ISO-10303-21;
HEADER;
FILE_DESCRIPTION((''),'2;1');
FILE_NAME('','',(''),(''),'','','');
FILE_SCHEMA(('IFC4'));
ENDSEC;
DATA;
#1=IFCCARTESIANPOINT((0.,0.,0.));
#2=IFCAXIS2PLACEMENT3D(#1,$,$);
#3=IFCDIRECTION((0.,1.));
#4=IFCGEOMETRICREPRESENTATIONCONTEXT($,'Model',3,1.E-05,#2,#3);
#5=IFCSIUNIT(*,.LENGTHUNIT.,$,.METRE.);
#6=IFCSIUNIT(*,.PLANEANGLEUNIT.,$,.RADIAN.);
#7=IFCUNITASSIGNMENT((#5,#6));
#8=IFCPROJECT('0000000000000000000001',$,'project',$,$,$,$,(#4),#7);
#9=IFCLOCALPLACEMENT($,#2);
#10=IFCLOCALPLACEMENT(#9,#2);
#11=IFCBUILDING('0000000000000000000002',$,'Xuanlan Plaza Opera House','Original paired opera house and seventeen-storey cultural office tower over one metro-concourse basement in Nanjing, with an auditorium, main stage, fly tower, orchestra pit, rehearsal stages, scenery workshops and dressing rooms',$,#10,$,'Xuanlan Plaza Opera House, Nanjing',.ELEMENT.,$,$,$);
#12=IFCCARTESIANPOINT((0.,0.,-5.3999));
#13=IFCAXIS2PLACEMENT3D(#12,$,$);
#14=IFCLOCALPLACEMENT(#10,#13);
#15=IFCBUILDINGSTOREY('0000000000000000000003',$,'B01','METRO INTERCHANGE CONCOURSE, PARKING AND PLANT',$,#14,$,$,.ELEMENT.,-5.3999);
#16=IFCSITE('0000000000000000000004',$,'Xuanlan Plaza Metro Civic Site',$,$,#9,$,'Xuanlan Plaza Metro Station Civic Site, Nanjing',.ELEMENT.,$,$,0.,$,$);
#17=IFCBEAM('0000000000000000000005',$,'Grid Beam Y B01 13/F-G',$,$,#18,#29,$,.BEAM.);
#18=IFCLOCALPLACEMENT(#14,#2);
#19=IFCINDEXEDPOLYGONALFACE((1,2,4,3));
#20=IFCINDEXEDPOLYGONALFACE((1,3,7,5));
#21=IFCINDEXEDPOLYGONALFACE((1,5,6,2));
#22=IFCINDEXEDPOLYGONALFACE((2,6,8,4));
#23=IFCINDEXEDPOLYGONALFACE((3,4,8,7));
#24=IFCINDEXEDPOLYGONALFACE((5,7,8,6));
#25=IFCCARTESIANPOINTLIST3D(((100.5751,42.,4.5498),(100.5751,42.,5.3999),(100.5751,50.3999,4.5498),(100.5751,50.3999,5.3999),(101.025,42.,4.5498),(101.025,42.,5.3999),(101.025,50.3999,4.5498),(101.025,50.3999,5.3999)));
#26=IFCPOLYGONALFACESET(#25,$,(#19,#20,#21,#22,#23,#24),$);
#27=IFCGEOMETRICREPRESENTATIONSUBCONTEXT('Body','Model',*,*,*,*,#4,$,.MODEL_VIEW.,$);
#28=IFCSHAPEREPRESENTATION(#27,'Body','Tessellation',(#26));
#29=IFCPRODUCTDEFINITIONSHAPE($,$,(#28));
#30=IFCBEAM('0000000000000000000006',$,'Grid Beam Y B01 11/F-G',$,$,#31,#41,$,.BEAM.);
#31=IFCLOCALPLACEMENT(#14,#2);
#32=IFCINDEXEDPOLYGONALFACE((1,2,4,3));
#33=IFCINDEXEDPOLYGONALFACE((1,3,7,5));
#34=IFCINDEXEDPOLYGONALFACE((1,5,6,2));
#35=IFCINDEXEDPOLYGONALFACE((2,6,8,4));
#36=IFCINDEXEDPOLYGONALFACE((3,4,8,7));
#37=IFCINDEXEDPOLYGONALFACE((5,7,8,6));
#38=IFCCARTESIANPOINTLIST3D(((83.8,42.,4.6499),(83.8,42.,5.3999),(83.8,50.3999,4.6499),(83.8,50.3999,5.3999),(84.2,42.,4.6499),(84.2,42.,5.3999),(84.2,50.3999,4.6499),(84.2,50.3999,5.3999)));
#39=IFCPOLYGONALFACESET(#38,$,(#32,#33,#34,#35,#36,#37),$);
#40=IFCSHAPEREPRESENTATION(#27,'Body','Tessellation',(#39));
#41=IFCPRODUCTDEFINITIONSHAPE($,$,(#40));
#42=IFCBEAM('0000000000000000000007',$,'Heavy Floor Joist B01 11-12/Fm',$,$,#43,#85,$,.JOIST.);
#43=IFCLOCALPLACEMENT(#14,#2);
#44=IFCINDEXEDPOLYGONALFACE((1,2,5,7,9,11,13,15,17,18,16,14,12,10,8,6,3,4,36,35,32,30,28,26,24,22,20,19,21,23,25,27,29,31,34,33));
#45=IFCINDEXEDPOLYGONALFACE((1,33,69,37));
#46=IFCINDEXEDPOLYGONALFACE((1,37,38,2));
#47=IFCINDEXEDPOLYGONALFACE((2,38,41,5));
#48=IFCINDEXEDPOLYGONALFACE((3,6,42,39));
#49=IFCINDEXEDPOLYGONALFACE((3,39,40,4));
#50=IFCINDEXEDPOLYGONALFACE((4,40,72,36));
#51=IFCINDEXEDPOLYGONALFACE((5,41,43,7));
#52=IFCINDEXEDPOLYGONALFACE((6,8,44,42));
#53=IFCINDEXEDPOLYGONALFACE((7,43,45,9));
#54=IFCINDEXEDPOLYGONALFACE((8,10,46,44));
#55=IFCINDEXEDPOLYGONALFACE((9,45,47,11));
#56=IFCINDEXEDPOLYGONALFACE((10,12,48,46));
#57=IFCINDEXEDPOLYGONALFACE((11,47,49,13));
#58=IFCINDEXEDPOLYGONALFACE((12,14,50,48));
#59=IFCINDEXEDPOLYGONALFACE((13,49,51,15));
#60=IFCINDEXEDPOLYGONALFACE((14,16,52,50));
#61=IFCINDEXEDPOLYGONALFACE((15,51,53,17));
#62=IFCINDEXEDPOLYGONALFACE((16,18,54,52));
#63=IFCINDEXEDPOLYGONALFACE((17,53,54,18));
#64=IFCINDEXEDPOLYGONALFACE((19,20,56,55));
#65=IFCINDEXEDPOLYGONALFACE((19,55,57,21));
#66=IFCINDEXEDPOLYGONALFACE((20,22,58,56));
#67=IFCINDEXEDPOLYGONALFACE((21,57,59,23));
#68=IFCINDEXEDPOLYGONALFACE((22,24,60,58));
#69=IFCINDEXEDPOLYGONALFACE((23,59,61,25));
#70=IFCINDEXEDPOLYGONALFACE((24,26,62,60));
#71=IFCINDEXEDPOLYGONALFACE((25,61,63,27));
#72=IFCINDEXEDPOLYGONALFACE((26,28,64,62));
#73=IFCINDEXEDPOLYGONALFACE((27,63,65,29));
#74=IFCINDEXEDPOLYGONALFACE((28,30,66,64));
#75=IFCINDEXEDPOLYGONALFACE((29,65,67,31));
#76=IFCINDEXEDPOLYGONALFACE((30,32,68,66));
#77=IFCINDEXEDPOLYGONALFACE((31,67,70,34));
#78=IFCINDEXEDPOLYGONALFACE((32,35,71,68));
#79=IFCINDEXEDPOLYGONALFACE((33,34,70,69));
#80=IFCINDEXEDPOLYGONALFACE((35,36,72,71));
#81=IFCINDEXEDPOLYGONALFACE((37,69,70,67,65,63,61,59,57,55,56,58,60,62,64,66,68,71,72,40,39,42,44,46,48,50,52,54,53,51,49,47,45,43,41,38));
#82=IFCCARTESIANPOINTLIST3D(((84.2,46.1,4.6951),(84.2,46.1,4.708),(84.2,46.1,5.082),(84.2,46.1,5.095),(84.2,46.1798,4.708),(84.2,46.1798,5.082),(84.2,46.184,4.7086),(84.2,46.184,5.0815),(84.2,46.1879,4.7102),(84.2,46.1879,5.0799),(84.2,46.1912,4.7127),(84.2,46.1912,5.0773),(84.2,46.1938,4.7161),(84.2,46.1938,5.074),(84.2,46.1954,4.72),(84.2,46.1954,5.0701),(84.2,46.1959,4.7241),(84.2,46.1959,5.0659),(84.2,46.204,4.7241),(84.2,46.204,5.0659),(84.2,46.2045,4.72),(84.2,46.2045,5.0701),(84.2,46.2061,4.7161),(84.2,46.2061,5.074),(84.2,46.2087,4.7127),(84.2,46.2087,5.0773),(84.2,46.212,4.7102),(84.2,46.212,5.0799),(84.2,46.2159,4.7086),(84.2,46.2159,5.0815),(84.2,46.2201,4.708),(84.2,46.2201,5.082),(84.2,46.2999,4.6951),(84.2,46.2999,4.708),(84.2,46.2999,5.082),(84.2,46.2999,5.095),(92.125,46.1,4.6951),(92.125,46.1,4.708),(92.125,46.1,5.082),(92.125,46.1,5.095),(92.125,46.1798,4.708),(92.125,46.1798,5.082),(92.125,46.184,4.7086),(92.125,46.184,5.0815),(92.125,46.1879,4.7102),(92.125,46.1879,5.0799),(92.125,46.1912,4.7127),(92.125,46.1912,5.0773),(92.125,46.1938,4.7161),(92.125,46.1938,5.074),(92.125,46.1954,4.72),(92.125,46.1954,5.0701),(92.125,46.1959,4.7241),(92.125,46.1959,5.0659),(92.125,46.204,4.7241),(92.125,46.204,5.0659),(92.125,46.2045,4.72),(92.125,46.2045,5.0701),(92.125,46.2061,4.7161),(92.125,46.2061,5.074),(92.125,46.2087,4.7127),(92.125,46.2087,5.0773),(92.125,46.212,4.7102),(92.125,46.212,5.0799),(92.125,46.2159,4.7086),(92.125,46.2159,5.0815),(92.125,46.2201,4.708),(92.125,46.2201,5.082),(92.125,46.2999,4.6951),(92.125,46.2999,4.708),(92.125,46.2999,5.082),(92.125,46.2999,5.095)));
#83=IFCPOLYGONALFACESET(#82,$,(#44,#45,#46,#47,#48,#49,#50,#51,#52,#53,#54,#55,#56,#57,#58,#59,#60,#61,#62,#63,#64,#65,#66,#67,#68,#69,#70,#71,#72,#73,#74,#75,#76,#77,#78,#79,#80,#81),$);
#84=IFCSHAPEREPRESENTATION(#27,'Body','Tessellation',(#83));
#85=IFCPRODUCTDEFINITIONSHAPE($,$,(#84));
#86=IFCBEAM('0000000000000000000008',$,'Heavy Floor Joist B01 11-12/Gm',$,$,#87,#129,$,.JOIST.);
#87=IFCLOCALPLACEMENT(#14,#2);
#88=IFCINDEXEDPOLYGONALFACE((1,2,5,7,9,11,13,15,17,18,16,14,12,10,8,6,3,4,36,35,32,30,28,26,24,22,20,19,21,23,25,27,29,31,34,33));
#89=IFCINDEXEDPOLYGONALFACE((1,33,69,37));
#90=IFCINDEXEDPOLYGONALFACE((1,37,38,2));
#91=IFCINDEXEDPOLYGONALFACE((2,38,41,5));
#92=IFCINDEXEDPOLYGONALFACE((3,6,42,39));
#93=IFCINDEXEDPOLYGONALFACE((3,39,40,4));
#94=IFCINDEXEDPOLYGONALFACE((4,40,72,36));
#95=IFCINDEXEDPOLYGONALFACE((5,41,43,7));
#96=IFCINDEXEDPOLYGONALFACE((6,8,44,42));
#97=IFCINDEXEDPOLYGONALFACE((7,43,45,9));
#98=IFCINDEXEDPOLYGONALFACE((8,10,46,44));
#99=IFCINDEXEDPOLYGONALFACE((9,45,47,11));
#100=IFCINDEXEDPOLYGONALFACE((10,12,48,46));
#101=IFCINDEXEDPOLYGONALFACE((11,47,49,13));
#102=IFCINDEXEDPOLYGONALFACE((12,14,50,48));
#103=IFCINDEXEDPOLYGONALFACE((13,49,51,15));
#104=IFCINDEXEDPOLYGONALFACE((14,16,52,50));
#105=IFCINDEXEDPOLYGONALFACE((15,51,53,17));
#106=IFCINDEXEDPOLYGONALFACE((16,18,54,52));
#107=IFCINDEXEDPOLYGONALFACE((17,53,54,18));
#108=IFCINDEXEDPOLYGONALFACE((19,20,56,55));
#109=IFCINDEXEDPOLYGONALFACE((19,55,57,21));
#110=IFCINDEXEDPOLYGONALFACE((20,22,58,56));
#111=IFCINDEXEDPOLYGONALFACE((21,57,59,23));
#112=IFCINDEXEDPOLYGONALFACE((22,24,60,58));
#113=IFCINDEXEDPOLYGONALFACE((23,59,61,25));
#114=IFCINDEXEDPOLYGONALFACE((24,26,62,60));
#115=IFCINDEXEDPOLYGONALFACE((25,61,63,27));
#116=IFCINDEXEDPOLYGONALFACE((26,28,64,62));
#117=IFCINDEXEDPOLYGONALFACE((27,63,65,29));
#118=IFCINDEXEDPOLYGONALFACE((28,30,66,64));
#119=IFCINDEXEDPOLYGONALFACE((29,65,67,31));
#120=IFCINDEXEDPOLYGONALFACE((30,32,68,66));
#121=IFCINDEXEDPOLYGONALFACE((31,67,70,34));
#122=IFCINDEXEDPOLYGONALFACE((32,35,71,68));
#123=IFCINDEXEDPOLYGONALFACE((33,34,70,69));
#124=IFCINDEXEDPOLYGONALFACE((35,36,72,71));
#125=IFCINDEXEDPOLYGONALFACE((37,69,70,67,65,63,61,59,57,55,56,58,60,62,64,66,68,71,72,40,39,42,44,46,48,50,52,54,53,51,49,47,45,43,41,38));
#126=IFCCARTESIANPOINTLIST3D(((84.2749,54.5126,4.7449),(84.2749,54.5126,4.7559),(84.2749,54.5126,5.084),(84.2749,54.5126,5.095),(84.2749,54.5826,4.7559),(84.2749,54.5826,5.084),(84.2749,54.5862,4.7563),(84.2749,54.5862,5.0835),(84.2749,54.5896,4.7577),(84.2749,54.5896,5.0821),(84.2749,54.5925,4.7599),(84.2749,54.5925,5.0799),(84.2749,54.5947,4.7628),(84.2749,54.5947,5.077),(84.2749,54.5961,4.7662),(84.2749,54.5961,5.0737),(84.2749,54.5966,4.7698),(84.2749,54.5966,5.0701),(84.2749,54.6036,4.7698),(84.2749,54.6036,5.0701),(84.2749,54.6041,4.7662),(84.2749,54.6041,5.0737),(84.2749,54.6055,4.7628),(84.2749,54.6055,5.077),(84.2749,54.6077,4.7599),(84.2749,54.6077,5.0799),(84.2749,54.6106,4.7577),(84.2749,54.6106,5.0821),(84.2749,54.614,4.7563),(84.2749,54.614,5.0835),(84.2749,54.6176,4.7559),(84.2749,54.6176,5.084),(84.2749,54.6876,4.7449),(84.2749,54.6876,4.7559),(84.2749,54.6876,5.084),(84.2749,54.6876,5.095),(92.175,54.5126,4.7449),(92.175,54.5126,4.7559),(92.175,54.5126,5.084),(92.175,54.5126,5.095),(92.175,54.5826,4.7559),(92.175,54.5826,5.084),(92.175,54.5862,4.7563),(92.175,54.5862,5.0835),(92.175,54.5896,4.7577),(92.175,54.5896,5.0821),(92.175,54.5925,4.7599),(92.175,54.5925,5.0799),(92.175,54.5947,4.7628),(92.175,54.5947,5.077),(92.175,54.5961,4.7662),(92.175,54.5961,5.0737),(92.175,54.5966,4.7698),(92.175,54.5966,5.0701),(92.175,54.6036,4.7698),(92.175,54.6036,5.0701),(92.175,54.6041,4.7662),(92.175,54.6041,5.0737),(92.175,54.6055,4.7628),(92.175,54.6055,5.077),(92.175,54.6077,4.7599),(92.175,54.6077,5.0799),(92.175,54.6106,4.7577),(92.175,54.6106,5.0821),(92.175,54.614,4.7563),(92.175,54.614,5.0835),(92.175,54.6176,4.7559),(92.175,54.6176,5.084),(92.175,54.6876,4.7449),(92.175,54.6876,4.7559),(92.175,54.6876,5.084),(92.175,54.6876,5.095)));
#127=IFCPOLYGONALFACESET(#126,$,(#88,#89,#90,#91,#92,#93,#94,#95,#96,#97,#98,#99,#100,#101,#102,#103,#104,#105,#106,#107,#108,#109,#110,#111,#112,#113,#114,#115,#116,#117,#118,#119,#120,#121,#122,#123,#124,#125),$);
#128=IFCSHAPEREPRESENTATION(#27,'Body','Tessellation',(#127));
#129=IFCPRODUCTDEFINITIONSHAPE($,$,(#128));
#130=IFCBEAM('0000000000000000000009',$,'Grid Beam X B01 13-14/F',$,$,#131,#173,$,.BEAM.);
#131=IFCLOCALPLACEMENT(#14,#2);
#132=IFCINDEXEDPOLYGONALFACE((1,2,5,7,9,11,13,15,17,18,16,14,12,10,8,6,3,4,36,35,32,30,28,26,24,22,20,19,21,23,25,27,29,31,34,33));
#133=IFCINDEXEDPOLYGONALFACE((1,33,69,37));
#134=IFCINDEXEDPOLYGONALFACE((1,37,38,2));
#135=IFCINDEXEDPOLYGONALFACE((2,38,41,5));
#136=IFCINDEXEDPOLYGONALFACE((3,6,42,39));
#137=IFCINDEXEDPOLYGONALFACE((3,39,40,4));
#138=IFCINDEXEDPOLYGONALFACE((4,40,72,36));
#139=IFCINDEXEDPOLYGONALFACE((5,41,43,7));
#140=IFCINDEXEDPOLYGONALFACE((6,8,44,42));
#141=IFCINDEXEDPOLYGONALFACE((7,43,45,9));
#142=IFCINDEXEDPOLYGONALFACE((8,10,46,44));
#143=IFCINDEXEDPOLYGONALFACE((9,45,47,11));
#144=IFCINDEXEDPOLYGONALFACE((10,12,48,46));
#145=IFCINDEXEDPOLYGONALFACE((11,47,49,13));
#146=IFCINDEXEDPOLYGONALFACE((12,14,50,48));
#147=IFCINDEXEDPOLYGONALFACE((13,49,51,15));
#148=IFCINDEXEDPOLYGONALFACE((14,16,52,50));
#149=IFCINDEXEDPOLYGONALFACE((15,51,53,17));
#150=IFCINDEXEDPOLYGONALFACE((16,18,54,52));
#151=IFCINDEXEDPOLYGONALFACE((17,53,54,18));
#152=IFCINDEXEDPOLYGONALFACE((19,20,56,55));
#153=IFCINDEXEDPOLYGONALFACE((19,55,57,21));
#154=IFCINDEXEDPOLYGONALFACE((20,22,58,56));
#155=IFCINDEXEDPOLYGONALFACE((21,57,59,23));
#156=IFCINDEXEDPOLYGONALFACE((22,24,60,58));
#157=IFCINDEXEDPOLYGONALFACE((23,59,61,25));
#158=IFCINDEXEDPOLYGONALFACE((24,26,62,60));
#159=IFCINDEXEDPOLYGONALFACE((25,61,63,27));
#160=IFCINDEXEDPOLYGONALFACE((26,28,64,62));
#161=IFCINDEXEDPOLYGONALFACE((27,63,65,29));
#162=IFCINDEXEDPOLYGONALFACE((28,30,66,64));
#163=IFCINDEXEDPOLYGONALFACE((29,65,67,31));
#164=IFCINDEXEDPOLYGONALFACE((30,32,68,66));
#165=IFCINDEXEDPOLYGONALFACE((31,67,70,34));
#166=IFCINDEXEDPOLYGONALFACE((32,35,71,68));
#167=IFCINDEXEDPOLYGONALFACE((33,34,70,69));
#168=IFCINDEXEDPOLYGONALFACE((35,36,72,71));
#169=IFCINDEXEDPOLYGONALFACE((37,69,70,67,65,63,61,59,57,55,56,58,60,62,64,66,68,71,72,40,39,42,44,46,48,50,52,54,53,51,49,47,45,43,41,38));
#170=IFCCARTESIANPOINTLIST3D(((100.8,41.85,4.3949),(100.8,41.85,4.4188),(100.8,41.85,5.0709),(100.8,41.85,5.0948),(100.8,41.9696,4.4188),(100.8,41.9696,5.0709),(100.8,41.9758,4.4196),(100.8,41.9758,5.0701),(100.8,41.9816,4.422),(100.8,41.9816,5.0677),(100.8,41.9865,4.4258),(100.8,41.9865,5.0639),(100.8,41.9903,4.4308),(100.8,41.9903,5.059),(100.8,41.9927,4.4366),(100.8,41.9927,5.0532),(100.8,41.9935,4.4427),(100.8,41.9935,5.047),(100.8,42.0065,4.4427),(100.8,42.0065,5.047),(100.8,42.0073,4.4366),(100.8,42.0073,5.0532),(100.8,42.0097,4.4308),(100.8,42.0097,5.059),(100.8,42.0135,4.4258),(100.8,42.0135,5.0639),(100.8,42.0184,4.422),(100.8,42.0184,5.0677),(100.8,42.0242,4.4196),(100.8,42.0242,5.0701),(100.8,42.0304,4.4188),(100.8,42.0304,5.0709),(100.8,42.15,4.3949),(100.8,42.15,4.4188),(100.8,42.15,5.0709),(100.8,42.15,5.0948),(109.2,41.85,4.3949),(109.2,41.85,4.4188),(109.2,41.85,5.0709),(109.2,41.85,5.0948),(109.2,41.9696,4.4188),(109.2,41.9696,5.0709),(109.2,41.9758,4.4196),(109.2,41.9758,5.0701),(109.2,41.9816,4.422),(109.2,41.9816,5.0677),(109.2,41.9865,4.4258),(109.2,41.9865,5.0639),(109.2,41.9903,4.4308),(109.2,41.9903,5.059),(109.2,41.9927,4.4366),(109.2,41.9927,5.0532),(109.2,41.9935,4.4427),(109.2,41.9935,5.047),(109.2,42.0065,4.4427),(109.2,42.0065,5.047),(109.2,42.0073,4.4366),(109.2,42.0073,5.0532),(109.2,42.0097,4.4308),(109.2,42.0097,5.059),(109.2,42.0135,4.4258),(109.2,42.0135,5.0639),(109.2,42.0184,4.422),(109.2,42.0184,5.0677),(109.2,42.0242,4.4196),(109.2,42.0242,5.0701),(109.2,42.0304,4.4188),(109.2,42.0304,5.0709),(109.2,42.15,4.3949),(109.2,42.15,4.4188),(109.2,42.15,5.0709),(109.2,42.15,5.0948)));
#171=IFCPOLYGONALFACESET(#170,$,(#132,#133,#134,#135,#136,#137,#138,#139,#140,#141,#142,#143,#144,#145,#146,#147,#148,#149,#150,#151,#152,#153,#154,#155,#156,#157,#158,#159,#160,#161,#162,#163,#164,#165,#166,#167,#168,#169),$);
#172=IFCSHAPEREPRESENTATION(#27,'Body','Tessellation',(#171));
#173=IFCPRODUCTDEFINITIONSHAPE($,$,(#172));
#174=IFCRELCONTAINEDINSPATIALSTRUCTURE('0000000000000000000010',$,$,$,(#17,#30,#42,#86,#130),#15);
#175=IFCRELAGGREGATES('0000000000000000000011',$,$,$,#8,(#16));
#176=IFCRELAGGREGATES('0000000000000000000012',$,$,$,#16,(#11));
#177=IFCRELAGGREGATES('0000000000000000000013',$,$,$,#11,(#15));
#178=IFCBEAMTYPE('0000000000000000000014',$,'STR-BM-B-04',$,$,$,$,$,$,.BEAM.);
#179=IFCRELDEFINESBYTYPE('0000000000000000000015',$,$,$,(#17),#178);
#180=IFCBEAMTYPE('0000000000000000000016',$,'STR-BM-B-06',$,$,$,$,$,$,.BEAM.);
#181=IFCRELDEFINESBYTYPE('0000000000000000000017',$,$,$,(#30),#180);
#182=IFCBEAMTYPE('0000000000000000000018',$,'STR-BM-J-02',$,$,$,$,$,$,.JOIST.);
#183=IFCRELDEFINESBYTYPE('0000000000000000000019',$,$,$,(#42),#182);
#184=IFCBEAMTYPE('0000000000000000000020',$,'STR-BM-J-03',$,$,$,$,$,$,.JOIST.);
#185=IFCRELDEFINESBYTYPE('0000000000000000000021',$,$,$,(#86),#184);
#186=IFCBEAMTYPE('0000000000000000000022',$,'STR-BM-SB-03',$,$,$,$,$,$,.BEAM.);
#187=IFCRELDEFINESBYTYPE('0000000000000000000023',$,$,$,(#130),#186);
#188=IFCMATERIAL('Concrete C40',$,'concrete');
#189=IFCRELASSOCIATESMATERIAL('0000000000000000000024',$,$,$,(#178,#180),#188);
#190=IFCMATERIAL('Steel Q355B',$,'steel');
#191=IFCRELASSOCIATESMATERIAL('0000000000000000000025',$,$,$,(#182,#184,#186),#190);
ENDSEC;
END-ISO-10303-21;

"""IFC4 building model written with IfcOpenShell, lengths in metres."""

from ifc_helpers import new_model, si_unit, direction, frame, origin, origin_2d, place, context, subcontext, project, spatial, rectangle, i_section, extrude, material, material_profile, profile_set, type_object, element, save


model = new_model("IFC4")

# Units and contexts
model_context = context("Model", 3, precision=1e-05, world=origin(), true_north=direction((0.0, 1.0)))
body_context = subcontext(model_context, "Body", "Model", "MODEL_VIEW")
ifc_project = project(units=[si_unit("LENGTHUNIT", "METRE"), si_unit("PLANEANGLEUNIT", "RADIAN")], contexts=[model_context])

# Site, building, storey
site_placement = place(None, origin())
site = spatial("IfcSite", under=ifc_project, at=site_placement, Name="Xuanlan Plaza Metro Civic Site", LongName="Xuanlan Plaza Metro Station Civic Site, Nanjing", CompositionType="ELEMENT", RefElevation=0.0)
building_placement = place(site_placement, origin())
building = spatial("IfcBuilding", under=site, at=building_placement, Name="Xuanlan Plaza Opera House", Description="Original paired opera house and seventeen-storey cultural office tower over one metro-concourse basement in Nanjing, with an auditorium, main stage, fly tower, orchestra pit, rehearsal stages, scenery workshops and dressing rooms", LongName="Xuanlan Plaza Opera House, Nanjing", CompositionType="ELEMENT")
storey_placement = place(building_placement, frame((0.0, 0.0, -5.3999)))
storey = spatial("IfcBuildingStorey", under=building, at=storey_placement, Name="B01", Description="METRO INTERCHANGE CONCOURSE, PARKING AND PLANT", CompositionType="ELEMENT", Elevation=-5.3999)

# Shared definitions
ifc_material_1 = material(Name="Concrete C40", Category="concrete")

# Beams
ifc_material_profile_1 = material_profile(ifc_material_1, rectangle(XDim=0.45, YDim=0.8501, at=origin_2d()), Name="RC-BM 450x850")
ifc_profile_set_1 = profile_set([ifc_material_profile_1], Name="Concrete C40")
beam_type_1 = type_object("IfcBeamType", Name="STR-BM-B-04", PredefinedType="BEAM", material=ifc_profile_set_1)
beam_1_placement = place(storey_placement, frame((100.8, 42.0, 4.9749), z_axis=(0.0, 1.0, 0.0), x_axis=(-1.0, 0.0, 0.0)))
element("IfcBeam", 1, at=beam_1_placement, inside=storey, type_object=beam_type_1, Name="Grid Beam Y B01 13/F-G", PredefinedType="BEAM", context=body_context, shape_type="SweptSolid", body=[
    extrude(rectangle(XDim=0.45, YDim=0.8501, at=origin_2d()), origin(), (0.0, 0.0, 1.0), 8.3999),
])
ifc_material_profile_2 = material_profile(ifc_material_1, rectangle(XDim=0.3999, YDim=0.75, at=origin_2d()), Name="RC-BM 400x750")
ifc_profile_set_2 = profile_set([ifc_material_profile_2], Name="Concrete C40")
beam_type_2 = type_object("IfcBeamType", Name="STR-BM-B-06", PredefinedType="BEAM", material=ifc_profile_set_2)
beam_2_placement = place(storey_placement, frame((84.0, 42.0, 5.0249), z_axis=(0.0, 1.0, 0.0), x_axis=(-1.0, 0.0, 0.0)))
element("IfcBeam", 2, at=beam_2_placement, inside=storey, type_object=beam_type_2, Name="Grid Beam Y B01 11/F-G", PredefinedType="BEAM", context=body_context, shape_type="SweptSolid", body=[
    extrude(rectangle(XDim=0.3999, YDim=0.75, at=origin_2d()), origin(), (0.0, 0.0, 1.0), 8.3999),
])
ifc_material_2 = material(Name="Steel Q355B", Category="steel")
ifc_material_profile_3 = material_profile(ifc_material_2, i_section(OverallWidth=0.2, OverallDepth=0.3999, WebThickness=0.0081, FlangeThickness=0.0129, FilletRadius=0.0161, at=origin_2d()), Name="HN 400x200x8x13")
ifc_profile_set_3 = profile_set([ifc_material_profile_3], Name="Steel Q355B")
beam_type_3 = type_object("IfcBeamType", Name="STR-BM-J-02", PredefinedType="JOIST", material=ifc_profile_set_3)
beam_3_placement = place(storey_placement, frame((84.2, 46.2, 4.895), z_axis=(1.0, 0.0, 0.0), x_axis=(0.0, 1.0, 0.0)))
element("IfcBeam", 3, at=beam_3_placement, inside=storey, type_object=beam_type_3, Name="Heavy Floor Joist B01 11-12/Fm", PredefinedType="JOIST", context=body_context, shape_type="SweptSolid", body=[
    extrude(i_section(OverallWidth=0.2, OverallDepth=0.3999, WebThickness=0.0081, FlangeThickness=0.0129, FilletRadius=0.0161, at=origin_2d()), origin(), (0.0, 0.0, 1.0), 7.925),
])
ifc_material_profile_4 = material_profile(ifc_material_2, i_section(OverallWidth=0.175, OverallDepth=0.3501, WebThickness=0.0071, FlangeThickness=0.011, FilletRadius=0.0139, at=origin_2d()), Name="HN 350x175x7x11")
ifc_profile_set_4 = profile_set([ifc_material_profile_4], Name="Steel Q355B")
beam_type_4 = type_object("IfcBeamType", Name="STR-BM-J-03", PredefinedType="JOIST", material=ifc_profile_set_4)
beam_4_placement = place(storey_placement, frame((84.2749, 54.6001, 4.9199), z_axis=(1.0, 0.0, 0.0), x_axis=(0.0, 1.0, 0.0)))
element("IfcBeam", 4, at=beam_4_placement, inside=storey, type_object=beam_type_4, Name="Heavy Floor Joist B01 11-12/Gm", PredefinedType="JOIST", context=body_context, shape_type="SweptSolid", body=[
    extrude(i_section(OverallWidth=0.175, OverallDepth=0.3501, WebThickness=0.0071, FlangeThickness=0.011, FilletRadius=0.0139, at=origin_2d()), origin(), (0.0, 0.0, 1.0), 7.9001),
])
ifc_material_profile_5 = material_profile(ifc_material_2, i_section(OverallWidth=0.3, OverallDepth=0.7, WebThickness=0.0129, FlangeThickness=0.0239, FilletRadius=0.0239, at=origin_2d()), Name="HN 700x300x13x24")
ifc_profile_set_5 = profile_set([ifc_material_profile_5], Name="Steel Q355B")
beam_type_5 = type_object("IfcBeamType", Name="STR-BM-SB-03", PredefinedType="BEAM", material=ifc_profile_set_5)
beam_5_placement = place(storey_placement, frame((100.8, 42.0, 4.7449), z_axis=(1.0, 0.0, 0.0), x_axis=(0.0, 1.0, 0.0)))
element("IfcBeam", 5, at=beam_5_placement, inside=storey, type_object=beam_type_5, Name="Grid Beam X B01 13-14/F", PredefinedType="BEAM", context=body_context, shape_type="SweptSolid", body=[
    extrude(i_section(OverallWidth=0.3, OverallDepth=0.7, WebThickness=0.0129, FlangeThickness=0.0239, FilletRadius=0.0239, at=origin_2d()), origin(), (0.0, 0.0, 1.0), 8.3999),
])

save(model, "model.ifc")
